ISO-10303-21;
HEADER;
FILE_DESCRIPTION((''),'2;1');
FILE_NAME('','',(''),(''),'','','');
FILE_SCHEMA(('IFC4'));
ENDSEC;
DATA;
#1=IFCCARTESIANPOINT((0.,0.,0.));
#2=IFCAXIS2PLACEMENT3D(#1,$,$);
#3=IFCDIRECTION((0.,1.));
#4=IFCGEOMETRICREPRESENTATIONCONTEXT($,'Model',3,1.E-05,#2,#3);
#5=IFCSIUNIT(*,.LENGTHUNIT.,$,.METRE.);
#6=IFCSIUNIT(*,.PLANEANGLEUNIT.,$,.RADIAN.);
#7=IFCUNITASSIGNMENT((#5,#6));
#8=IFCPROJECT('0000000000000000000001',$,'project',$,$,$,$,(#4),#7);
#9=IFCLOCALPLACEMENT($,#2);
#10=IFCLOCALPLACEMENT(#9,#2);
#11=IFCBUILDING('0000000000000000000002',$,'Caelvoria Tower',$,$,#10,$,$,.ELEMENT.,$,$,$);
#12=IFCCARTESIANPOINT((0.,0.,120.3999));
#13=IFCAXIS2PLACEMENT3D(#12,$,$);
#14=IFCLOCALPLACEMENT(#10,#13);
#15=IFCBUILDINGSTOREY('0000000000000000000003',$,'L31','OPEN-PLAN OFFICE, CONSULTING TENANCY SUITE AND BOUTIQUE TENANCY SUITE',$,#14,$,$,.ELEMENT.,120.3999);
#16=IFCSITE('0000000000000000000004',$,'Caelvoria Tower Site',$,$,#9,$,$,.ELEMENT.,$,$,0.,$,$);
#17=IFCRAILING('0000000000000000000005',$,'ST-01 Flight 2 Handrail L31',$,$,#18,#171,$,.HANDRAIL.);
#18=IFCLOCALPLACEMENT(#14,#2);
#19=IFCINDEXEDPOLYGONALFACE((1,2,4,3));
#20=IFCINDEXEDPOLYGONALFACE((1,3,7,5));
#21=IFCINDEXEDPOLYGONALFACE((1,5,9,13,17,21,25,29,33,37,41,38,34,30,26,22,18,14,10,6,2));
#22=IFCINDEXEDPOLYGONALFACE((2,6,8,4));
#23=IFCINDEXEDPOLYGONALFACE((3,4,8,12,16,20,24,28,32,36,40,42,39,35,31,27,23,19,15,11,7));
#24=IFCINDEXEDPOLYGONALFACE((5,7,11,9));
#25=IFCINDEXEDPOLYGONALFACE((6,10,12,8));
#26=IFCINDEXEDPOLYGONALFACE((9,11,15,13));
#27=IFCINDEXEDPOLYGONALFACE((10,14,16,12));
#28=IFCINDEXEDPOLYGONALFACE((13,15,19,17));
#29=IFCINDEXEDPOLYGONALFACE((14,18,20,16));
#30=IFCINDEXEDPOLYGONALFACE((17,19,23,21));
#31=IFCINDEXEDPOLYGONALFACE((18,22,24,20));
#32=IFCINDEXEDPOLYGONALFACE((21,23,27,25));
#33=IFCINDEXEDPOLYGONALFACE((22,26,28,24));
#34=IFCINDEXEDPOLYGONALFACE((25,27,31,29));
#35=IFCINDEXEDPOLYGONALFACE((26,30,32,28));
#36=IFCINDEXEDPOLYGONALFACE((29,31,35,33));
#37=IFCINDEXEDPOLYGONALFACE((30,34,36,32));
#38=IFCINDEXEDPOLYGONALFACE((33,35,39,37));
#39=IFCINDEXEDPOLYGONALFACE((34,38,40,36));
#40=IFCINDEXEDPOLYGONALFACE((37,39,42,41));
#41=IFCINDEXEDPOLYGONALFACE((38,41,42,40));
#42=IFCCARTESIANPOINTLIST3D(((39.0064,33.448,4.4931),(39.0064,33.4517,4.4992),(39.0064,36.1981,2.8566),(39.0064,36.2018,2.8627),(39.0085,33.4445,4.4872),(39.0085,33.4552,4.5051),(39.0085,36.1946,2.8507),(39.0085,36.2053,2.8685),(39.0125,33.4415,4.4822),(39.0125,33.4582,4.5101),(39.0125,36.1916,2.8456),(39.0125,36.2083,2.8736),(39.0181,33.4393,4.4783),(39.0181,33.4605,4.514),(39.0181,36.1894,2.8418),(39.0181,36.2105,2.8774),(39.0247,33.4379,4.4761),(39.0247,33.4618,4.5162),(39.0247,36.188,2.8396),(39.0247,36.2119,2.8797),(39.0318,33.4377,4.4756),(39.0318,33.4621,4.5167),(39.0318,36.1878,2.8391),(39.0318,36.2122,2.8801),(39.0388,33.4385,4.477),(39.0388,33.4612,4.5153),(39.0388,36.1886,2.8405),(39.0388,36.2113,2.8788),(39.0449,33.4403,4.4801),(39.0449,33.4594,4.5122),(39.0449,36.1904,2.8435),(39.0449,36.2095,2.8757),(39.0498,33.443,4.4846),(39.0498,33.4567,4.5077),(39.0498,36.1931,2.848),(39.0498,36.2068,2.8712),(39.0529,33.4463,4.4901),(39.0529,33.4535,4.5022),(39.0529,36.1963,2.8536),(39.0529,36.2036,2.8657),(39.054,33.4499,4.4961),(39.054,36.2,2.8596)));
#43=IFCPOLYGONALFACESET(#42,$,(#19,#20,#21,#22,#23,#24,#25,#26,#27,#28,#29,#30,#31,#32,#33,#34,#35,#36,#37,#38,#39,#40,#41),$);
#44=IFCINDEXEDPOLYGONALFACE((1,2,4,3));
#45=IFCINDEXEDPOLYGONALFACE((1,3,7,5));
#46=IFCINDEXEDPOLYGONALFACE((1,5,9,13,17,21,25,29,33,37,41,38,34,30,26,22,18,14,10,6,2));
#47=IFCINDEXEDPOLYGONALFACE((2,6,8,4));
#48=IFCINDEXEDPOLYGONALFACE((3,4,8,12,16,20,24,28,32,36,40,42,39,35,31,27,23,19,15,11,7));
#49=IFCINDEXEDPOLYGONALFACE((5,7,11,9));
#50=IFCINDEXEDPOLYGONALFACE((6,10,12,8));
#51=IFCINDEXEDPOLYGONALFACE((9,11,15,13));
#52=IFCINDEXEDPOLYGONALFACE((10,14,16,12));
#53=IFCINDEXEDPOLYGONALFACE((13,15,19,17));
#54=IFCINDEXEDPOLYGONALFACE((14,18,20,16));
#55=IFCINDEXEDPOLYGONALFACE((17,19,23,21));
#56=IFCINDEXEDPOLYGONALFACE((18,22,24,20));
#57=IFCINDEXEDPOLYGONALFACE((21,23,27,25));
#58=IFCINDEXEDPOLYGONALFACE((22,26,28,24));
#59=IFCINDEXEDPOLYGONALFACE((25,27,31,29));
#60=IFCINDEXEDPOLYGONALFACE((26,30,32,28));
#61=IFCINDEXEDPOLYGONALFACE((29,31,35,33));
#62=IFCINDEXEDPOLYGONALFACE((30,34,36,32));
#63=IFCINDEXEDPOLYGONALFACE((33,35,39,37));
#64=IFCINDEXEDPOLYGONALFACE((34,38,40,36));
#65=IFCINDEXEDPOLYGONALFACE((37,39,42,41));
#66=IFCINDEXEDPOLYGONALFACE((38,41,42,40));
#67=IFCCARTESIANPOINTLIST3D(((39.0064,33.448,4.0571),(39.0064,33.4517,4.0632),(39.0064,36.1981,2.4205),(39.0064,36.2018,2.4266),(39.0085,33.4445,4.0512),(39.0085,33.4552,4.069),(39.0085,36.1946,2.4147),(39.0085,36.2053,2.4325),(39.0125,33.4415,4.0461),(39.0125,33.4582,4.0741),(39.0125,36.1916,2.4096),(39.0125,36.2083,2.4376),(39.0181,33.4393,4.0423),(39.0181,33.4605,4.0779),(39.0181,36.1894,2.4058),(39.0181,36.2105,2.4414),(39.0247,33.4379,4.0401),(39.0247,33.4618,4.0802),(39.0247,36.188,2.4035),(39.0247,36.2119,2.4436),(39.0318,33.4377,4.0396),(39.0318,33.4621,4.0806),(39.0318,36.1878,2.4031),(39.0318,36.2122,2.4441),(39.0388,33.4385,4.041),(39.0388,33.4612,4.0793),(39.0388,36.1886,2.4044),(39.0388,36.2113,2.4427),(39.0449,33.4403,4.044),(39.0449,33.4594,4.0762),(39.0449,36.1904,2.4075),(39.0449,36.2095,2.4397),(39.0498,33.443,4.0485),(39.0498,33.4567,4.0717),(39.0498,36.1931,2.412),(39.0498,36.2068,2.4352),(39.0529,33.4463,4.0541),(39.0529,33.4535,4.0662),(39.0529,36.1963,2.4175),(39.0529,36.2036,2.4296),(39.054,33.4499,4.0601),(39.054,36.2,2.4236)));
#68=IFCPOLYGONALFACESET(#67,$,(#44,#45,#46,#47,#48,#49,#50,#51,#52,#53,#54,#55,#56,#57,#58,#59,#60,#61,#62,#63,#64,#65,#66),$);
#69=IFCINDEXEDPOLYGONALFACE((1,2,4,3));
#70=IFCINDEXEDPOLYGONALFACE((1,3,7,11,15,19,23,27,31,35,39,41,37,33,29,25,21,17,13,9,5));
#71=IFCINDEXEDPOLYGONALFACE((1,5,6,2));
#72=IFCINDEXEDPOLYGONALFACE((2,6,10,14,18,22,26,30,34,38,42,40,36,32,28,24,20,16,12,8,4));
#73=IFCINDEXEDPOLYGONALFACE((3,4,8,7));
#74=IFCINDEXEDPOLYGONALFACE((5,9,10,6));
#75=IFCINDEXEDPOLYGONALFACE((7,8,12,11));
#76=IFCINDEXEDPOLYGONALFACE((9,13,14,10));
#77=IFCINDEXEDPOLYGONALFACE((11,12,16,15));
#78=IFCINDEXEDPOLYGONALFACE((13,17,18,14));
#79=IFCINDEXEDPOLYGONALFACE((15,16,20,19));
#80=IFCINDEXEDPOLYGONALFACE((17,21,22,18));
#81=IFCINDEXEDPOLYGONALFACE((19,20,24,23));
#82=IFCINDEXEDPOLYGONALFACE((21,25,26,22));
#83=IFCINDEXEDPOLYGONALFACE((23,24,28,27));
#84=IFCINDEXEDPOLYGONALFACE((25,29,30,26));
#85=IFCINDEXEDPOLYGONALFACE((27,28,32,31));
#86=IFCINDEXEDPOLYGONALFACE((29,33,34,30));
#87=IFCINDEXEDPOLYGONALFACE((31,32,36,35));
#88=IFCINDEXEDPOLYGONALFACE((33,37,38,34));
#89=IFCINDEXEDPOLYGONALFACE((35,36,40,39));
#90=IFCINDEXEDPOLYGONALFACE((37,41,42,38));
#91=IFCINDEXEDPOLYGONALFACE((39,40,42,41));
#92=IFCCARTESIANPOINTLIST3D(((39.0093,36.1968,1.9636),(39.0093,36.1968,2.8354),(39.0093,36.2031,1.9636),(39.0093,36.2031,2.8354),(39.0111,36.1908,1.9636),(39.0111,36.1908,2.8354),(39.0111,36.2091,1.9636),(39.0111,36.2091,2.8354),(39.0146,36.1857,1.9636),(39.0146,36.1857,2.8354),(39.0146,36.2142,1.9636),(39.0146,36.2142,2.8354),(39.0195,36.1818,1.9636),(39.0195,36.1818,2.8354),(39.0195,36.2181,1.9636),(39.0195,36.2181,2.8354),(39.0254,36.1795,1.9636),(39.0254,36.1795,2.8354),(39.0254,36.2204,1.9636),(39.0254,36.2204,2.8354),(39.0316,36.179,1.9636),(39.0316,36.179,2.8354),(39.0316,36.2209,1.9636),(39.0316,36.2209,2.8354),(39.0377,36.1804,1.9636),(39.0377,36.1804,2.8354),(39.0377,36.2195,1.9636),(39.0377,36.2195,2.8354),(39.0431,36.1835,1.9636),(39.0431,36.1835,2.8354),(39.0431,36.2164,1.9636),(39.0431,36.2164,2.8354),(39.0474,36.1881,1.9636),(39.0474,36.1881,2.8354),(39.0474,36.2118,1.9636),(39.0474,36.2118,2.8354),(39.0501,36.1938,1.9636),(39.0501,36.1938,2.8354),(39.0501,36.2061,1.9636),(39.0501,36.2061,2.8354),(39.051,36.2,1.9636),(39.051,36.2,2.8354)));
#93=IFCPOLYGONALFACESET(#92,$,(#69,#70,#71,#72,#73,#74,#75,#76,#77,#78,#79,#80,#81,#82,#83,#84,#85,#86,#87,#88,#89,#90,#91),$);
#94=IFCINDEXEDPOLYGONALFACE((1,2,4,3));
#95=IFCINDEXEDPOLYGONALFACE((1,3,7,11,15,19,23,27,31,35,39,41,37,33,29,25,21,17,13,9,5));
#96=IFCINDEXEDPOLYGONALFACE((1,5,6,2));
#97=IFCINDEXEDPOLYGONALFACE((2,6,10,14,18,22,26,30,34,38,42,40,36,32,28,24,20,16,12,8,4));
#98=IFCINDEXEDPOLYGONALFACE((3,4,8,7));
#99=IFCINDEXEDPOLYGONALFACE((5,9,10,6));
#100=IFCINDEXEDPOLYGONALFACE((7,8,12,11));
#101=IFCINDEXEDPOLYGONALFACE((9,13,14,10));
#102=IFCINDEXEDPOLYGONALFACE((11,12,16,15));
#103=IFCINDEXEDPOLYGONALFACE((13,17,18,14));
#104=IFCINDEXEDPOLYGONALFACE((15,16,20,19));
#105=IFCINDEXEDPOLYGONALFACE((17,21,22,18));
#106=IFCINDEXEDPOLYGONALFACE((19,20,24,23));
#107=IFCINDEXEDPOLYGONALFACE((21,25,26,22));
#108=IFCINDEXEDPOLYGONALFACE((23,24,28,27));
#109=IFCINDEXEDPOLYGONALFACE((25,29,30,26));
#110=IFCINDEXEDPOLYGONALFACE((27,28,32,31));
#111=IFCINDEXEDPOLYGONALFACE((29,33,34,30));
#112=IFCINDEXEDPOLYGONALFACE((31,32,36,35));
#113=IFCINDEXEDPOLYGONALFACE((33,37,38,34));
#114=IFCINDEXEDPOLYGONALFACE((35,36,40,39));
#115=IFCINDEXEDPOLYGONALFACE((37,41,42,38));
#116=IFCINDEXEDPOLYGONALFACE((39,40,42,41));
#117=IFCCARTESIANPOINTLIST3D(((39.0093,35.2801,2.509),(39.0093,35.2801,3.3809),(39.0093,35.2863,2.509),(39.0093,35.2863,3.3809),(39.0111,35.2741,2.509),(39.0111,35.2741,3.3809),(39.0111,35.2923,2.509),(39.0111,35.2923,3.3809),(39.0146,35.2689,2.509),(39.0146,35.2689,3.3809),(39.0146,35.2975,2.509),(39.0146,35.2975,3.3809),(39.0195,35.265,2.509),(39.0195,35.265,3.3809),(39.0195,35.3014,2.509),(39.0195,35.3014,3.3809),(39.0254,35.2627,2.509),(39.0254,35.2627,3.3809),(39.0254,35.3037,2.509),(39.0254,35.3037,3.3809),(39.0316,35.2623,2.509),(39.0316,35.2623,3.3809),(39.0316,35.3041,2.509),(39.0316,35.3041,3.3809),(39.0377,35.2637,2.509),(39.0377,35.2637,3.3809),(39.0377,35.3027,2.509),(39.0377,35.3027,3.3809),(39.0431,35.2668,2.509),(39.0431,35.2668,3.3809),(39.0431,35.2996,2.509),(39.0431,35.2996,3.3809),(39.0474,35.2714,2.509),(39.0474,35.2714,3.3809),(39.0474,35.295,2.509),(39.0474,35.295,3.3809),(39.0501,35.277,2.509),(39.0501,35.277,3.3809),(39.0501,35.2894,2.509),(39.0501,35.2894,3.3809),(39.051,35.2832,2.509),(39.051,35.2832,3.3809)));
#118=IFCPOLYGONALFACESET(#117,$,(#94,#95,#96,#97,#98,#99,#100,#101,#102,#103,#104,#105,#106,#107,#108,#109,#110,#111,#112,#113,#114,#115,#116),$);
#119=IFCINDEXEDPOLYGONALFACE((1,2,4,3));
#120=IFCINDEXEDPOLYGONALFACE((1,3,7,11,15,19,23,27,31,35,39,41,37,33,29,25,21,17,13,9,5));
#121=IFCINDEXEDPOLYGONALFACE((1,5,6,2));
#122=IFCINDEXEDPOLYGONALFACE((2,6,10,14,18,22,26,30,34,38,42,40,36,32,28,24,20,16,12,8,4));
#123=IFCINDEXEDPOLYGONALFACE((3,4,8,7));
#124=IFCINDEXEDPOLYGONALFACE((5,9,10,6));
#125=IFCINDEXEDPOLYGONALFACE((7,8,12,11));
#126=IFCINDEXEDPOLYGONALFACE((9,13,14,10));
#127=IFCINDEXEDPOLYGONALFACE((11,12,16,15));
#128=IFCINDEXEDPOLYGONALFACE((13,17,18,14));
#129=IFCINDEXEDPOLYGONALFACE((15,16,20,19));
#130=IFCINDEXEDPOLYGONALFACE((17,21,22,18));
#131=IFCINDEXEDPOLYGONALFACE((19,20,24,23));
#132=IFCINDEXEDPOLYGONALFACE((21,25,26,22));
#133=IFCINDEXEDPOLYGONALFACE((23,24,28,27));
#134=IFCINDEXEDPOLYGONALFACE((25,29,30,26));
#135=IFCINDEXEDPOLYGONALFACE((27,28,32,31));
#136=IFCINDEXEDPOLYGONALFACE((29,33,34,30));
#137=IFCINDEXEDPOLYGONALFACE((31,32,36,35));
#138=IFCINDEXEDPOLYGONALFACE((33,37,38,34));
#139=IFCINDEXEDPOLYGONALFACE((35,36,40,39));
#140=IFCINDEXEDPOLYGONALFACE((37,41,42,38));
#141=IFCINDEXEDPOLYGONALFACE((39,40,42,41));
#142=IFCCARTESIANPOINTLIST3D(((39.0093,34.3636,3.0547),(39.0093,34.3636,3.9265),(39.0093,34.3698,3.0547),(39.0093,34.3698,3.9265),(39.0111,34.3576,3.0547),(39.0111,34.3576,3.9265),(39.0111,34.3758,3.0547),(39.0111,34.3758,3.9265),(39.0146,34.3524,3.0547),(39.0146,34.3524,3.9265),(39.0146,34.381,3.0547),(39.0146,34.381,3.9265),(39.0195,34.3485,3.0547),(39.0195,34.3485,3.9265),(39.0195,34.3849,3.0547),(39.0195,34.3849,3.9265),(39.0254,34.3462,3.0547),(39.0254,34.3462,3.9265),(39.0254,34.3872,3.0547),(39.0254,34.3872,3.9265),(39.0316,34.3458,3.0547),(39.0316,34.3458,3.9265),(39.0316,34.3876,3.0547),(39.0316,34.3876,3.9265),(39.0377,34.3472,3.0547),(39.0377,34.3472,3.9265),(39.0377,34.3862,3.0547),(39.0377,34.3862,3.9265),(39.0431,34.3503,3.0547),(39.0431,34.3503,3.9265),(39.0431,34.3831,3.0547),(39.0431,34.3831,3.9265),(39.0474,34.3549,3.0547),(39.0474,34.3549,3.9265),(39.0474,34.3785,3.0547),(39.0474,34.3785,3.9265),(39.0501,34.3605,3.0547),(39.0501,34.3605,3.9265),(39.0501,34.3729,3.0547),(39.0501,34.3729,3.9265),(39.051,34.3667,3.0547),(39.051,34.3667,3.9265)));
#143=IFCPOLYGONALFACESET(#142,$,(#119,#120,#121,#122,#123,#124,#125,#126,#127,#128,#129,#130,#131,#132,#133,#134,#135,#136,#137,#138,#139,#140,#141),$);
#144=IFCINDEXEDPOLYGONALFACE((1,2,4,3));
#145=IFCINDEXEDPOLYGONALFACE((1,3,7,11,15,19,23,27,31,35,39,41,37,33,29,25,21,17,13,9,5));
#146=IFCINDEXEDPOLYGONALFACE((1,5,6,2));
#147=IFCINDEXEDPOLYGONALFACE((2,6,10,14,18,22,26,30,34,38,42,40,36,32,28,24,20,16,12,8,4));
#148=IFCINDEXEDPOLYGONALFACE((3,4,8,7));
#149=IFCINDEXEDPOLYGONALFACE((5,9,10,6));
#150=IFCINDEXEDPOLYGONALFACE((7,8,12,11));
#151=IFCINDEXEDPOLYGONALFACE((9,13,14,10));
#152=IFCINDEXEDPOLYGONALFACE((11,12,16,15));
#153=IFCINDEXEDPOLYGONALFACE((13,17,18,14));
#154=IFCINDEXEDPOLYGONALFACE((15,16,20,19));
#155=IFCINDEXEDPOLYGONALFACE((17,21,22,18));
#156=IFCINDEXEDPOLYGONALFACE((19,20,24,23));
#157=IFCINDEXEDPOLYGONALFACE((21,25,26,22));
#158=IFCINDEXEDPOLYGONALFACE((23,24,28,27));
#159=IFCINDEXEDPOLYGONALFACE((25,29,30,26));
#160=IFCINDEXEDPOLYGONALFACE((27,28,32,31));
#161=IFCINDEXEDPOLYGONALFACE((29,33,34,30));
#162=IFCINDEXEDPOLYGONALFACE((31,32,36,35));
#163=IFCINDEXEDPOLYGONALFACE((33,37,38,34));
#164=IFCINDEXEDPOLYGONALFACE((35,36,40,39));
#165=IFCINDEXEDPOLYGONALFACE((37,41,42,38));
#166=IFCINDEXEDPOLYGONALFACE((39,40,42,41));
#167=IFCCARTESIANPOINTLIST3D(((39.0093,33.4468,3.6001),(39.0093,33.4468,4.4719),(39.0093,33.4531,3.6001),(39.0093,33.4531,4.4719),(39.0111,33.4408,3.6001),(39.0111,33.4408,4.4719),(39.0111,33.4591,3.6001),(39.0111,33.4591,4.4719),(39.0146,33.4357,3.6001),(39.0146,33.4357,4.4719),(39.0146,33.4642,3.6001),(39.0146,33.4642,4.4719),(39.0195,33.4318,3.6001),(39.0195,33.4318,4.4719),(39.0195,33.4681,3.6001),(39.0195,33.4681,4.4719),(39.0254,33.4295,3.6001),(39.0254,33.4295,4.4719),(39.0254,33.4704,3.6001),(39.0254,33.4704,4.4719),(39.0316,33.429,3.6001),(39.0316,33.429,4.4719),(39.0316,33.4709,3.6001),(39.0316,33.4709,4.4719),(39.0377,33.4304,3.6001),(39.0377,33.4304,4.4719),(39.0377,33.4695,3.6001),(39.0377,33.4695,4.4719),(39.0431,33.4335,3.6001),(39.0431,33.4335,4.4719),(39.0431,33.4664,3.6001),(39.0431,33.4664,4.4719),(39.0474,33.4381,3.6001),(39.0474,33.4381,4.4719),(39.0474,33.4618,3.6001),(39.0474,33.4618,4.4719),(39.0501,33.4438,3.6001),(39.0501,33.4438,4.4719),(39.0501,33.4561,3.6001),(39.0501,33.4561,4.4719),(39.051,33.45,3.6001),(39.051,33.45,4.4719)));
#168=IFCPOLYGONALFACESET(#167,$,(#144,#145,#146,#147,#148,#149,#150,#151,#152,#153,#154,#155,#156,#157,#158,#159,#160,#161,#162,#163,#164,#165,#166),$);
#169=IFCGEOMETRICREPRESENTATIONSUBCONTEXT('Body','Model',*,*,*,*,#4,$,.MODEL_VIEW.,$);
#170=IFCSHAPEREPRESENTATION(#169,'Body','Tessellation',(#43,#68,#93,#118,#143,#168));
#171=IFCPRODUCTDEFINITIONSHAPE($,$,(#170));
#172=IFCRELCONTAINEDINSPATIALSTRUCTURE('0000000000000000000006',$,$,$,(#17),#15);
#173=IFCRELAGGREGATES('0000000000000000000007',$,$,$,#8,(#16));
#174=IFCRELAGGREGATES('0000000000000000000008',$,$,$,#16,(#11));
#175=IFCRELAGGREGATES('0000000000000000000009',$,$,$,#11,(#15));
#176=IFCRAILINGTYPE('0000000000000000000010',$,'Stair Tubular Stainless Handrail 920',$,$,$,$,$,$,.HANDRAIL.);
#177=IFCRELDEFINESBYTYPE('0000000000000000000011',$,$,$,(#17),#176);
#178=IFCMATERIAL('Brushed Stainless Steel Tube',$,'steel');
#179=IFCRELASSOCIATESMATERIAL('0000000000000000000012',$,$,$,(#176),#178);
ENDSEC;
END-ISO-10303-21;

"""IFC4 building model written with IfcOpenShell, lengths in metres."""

from ifc_helpers import new_model, si_unit, direction, frame, origin, origin_2d, place, context, subcontext, project, spatial, circle, extrude, material, type_object, element, save


model = new_model("IFC4")

# Units and contexts
model_context = context("Model", 3, precision=1e-05, world=origin(), true_north=direction((0.0, 1.0)))
body_context = subcontext(model_context, "Body", "Model", "MODEL_VIEW")
ifc_project = project(units=[si_unit("LENGTHUNIT", "METRE"), si_unit("PLANEANGLEUNIT", "RADIAN")], contexts=[model_context])

# Site, building, storey
site_placement = place(None, origin())
site = spatial("IfcSite", under=ifc_project, at=site_placement, Name="Caelvoria Tower Site", CompositionType="ELEMENT", RefElevation=0.0)
building_placement = place(site_placement, origin())
building = spatial("IfcBuilding", under=site, at=building_placement, Name="Caelvoria Tower", CompositionType="ELEMENT")
storey_placement = place(building_placement, frame((0.0, 0.0, 120.3999)))
storey = spatial("IfcBuildingStorey", under=building, at=storey_placement, Name="L31", Description="OPEN-PLAN OFFICE, CONSULTING TENANCY SUITE AND BOUTIQUE TENANCY SUITE", CompositionType="ELEMENT", Elevation=120.3999)

# Railing
ifc_material_1 = material(Name="Brushed Stainless Steel Tube", Category="steel")
railing_type_1 = type_object("IfcRailingType", Name="Stair Tubular Stainless Handrail 920", PredefinedType="HANDRAIL", material=ifc_material_1)
railing_1_placement = place(storey_placement, frame((39.03, 36.2, 1.9636)))
element("IfcRailing", 1, at=railing_1_placement, inside=storey, type_object=railing_type_1, Name="ST-01 Flight 2 Handrail L31", PredefinedType="HANDRAIL", context=body_context, shape_type="SweptSolid", body=[
    extrude(circle(Radius=0.0239, at=origin_2d()), frame((0.0, 0.0, 0.896), z_axis=(0.0, -0.859352, 0.511385), x_axis=(1.0, 0.0, 0.0)), (0.0, 0.0, 1.0), 3.2002),
    extrude(circle(Radius=0.0239, at=origin_2d()), frame((0.0, 0.0, 0.46), z_axis=(0.0, -0.859352, 0.511385), x_axis=(1.0, 0.0, 0.0)), (0.0, 0.0, 1.0), 3.2002),
    extrude(circle(Radius=0.021, at=origin_2d()), origin(), (0.0, 0.0, 1.0), 0.8718),
    extrude(circle(Radius=0.021, at=origin_2d()), frame((0.0, -0.9167, 0.5454)), (0.0, 0.0, 1.0), 0.8718),
    extrude(circle(Radius=0.021, at=origin_2d()), frame((0.0, -1.8333, 1.0911)), (0.0, 0.0, 1.0), 0.8718),
    extrude(circle(Radius=0.021, at=origin_2d()), frame((0.0, -2.75, 1.6365)), (0.0, 0.0, 1.0), 0.8718),
])

save(model, "model.ifc")
